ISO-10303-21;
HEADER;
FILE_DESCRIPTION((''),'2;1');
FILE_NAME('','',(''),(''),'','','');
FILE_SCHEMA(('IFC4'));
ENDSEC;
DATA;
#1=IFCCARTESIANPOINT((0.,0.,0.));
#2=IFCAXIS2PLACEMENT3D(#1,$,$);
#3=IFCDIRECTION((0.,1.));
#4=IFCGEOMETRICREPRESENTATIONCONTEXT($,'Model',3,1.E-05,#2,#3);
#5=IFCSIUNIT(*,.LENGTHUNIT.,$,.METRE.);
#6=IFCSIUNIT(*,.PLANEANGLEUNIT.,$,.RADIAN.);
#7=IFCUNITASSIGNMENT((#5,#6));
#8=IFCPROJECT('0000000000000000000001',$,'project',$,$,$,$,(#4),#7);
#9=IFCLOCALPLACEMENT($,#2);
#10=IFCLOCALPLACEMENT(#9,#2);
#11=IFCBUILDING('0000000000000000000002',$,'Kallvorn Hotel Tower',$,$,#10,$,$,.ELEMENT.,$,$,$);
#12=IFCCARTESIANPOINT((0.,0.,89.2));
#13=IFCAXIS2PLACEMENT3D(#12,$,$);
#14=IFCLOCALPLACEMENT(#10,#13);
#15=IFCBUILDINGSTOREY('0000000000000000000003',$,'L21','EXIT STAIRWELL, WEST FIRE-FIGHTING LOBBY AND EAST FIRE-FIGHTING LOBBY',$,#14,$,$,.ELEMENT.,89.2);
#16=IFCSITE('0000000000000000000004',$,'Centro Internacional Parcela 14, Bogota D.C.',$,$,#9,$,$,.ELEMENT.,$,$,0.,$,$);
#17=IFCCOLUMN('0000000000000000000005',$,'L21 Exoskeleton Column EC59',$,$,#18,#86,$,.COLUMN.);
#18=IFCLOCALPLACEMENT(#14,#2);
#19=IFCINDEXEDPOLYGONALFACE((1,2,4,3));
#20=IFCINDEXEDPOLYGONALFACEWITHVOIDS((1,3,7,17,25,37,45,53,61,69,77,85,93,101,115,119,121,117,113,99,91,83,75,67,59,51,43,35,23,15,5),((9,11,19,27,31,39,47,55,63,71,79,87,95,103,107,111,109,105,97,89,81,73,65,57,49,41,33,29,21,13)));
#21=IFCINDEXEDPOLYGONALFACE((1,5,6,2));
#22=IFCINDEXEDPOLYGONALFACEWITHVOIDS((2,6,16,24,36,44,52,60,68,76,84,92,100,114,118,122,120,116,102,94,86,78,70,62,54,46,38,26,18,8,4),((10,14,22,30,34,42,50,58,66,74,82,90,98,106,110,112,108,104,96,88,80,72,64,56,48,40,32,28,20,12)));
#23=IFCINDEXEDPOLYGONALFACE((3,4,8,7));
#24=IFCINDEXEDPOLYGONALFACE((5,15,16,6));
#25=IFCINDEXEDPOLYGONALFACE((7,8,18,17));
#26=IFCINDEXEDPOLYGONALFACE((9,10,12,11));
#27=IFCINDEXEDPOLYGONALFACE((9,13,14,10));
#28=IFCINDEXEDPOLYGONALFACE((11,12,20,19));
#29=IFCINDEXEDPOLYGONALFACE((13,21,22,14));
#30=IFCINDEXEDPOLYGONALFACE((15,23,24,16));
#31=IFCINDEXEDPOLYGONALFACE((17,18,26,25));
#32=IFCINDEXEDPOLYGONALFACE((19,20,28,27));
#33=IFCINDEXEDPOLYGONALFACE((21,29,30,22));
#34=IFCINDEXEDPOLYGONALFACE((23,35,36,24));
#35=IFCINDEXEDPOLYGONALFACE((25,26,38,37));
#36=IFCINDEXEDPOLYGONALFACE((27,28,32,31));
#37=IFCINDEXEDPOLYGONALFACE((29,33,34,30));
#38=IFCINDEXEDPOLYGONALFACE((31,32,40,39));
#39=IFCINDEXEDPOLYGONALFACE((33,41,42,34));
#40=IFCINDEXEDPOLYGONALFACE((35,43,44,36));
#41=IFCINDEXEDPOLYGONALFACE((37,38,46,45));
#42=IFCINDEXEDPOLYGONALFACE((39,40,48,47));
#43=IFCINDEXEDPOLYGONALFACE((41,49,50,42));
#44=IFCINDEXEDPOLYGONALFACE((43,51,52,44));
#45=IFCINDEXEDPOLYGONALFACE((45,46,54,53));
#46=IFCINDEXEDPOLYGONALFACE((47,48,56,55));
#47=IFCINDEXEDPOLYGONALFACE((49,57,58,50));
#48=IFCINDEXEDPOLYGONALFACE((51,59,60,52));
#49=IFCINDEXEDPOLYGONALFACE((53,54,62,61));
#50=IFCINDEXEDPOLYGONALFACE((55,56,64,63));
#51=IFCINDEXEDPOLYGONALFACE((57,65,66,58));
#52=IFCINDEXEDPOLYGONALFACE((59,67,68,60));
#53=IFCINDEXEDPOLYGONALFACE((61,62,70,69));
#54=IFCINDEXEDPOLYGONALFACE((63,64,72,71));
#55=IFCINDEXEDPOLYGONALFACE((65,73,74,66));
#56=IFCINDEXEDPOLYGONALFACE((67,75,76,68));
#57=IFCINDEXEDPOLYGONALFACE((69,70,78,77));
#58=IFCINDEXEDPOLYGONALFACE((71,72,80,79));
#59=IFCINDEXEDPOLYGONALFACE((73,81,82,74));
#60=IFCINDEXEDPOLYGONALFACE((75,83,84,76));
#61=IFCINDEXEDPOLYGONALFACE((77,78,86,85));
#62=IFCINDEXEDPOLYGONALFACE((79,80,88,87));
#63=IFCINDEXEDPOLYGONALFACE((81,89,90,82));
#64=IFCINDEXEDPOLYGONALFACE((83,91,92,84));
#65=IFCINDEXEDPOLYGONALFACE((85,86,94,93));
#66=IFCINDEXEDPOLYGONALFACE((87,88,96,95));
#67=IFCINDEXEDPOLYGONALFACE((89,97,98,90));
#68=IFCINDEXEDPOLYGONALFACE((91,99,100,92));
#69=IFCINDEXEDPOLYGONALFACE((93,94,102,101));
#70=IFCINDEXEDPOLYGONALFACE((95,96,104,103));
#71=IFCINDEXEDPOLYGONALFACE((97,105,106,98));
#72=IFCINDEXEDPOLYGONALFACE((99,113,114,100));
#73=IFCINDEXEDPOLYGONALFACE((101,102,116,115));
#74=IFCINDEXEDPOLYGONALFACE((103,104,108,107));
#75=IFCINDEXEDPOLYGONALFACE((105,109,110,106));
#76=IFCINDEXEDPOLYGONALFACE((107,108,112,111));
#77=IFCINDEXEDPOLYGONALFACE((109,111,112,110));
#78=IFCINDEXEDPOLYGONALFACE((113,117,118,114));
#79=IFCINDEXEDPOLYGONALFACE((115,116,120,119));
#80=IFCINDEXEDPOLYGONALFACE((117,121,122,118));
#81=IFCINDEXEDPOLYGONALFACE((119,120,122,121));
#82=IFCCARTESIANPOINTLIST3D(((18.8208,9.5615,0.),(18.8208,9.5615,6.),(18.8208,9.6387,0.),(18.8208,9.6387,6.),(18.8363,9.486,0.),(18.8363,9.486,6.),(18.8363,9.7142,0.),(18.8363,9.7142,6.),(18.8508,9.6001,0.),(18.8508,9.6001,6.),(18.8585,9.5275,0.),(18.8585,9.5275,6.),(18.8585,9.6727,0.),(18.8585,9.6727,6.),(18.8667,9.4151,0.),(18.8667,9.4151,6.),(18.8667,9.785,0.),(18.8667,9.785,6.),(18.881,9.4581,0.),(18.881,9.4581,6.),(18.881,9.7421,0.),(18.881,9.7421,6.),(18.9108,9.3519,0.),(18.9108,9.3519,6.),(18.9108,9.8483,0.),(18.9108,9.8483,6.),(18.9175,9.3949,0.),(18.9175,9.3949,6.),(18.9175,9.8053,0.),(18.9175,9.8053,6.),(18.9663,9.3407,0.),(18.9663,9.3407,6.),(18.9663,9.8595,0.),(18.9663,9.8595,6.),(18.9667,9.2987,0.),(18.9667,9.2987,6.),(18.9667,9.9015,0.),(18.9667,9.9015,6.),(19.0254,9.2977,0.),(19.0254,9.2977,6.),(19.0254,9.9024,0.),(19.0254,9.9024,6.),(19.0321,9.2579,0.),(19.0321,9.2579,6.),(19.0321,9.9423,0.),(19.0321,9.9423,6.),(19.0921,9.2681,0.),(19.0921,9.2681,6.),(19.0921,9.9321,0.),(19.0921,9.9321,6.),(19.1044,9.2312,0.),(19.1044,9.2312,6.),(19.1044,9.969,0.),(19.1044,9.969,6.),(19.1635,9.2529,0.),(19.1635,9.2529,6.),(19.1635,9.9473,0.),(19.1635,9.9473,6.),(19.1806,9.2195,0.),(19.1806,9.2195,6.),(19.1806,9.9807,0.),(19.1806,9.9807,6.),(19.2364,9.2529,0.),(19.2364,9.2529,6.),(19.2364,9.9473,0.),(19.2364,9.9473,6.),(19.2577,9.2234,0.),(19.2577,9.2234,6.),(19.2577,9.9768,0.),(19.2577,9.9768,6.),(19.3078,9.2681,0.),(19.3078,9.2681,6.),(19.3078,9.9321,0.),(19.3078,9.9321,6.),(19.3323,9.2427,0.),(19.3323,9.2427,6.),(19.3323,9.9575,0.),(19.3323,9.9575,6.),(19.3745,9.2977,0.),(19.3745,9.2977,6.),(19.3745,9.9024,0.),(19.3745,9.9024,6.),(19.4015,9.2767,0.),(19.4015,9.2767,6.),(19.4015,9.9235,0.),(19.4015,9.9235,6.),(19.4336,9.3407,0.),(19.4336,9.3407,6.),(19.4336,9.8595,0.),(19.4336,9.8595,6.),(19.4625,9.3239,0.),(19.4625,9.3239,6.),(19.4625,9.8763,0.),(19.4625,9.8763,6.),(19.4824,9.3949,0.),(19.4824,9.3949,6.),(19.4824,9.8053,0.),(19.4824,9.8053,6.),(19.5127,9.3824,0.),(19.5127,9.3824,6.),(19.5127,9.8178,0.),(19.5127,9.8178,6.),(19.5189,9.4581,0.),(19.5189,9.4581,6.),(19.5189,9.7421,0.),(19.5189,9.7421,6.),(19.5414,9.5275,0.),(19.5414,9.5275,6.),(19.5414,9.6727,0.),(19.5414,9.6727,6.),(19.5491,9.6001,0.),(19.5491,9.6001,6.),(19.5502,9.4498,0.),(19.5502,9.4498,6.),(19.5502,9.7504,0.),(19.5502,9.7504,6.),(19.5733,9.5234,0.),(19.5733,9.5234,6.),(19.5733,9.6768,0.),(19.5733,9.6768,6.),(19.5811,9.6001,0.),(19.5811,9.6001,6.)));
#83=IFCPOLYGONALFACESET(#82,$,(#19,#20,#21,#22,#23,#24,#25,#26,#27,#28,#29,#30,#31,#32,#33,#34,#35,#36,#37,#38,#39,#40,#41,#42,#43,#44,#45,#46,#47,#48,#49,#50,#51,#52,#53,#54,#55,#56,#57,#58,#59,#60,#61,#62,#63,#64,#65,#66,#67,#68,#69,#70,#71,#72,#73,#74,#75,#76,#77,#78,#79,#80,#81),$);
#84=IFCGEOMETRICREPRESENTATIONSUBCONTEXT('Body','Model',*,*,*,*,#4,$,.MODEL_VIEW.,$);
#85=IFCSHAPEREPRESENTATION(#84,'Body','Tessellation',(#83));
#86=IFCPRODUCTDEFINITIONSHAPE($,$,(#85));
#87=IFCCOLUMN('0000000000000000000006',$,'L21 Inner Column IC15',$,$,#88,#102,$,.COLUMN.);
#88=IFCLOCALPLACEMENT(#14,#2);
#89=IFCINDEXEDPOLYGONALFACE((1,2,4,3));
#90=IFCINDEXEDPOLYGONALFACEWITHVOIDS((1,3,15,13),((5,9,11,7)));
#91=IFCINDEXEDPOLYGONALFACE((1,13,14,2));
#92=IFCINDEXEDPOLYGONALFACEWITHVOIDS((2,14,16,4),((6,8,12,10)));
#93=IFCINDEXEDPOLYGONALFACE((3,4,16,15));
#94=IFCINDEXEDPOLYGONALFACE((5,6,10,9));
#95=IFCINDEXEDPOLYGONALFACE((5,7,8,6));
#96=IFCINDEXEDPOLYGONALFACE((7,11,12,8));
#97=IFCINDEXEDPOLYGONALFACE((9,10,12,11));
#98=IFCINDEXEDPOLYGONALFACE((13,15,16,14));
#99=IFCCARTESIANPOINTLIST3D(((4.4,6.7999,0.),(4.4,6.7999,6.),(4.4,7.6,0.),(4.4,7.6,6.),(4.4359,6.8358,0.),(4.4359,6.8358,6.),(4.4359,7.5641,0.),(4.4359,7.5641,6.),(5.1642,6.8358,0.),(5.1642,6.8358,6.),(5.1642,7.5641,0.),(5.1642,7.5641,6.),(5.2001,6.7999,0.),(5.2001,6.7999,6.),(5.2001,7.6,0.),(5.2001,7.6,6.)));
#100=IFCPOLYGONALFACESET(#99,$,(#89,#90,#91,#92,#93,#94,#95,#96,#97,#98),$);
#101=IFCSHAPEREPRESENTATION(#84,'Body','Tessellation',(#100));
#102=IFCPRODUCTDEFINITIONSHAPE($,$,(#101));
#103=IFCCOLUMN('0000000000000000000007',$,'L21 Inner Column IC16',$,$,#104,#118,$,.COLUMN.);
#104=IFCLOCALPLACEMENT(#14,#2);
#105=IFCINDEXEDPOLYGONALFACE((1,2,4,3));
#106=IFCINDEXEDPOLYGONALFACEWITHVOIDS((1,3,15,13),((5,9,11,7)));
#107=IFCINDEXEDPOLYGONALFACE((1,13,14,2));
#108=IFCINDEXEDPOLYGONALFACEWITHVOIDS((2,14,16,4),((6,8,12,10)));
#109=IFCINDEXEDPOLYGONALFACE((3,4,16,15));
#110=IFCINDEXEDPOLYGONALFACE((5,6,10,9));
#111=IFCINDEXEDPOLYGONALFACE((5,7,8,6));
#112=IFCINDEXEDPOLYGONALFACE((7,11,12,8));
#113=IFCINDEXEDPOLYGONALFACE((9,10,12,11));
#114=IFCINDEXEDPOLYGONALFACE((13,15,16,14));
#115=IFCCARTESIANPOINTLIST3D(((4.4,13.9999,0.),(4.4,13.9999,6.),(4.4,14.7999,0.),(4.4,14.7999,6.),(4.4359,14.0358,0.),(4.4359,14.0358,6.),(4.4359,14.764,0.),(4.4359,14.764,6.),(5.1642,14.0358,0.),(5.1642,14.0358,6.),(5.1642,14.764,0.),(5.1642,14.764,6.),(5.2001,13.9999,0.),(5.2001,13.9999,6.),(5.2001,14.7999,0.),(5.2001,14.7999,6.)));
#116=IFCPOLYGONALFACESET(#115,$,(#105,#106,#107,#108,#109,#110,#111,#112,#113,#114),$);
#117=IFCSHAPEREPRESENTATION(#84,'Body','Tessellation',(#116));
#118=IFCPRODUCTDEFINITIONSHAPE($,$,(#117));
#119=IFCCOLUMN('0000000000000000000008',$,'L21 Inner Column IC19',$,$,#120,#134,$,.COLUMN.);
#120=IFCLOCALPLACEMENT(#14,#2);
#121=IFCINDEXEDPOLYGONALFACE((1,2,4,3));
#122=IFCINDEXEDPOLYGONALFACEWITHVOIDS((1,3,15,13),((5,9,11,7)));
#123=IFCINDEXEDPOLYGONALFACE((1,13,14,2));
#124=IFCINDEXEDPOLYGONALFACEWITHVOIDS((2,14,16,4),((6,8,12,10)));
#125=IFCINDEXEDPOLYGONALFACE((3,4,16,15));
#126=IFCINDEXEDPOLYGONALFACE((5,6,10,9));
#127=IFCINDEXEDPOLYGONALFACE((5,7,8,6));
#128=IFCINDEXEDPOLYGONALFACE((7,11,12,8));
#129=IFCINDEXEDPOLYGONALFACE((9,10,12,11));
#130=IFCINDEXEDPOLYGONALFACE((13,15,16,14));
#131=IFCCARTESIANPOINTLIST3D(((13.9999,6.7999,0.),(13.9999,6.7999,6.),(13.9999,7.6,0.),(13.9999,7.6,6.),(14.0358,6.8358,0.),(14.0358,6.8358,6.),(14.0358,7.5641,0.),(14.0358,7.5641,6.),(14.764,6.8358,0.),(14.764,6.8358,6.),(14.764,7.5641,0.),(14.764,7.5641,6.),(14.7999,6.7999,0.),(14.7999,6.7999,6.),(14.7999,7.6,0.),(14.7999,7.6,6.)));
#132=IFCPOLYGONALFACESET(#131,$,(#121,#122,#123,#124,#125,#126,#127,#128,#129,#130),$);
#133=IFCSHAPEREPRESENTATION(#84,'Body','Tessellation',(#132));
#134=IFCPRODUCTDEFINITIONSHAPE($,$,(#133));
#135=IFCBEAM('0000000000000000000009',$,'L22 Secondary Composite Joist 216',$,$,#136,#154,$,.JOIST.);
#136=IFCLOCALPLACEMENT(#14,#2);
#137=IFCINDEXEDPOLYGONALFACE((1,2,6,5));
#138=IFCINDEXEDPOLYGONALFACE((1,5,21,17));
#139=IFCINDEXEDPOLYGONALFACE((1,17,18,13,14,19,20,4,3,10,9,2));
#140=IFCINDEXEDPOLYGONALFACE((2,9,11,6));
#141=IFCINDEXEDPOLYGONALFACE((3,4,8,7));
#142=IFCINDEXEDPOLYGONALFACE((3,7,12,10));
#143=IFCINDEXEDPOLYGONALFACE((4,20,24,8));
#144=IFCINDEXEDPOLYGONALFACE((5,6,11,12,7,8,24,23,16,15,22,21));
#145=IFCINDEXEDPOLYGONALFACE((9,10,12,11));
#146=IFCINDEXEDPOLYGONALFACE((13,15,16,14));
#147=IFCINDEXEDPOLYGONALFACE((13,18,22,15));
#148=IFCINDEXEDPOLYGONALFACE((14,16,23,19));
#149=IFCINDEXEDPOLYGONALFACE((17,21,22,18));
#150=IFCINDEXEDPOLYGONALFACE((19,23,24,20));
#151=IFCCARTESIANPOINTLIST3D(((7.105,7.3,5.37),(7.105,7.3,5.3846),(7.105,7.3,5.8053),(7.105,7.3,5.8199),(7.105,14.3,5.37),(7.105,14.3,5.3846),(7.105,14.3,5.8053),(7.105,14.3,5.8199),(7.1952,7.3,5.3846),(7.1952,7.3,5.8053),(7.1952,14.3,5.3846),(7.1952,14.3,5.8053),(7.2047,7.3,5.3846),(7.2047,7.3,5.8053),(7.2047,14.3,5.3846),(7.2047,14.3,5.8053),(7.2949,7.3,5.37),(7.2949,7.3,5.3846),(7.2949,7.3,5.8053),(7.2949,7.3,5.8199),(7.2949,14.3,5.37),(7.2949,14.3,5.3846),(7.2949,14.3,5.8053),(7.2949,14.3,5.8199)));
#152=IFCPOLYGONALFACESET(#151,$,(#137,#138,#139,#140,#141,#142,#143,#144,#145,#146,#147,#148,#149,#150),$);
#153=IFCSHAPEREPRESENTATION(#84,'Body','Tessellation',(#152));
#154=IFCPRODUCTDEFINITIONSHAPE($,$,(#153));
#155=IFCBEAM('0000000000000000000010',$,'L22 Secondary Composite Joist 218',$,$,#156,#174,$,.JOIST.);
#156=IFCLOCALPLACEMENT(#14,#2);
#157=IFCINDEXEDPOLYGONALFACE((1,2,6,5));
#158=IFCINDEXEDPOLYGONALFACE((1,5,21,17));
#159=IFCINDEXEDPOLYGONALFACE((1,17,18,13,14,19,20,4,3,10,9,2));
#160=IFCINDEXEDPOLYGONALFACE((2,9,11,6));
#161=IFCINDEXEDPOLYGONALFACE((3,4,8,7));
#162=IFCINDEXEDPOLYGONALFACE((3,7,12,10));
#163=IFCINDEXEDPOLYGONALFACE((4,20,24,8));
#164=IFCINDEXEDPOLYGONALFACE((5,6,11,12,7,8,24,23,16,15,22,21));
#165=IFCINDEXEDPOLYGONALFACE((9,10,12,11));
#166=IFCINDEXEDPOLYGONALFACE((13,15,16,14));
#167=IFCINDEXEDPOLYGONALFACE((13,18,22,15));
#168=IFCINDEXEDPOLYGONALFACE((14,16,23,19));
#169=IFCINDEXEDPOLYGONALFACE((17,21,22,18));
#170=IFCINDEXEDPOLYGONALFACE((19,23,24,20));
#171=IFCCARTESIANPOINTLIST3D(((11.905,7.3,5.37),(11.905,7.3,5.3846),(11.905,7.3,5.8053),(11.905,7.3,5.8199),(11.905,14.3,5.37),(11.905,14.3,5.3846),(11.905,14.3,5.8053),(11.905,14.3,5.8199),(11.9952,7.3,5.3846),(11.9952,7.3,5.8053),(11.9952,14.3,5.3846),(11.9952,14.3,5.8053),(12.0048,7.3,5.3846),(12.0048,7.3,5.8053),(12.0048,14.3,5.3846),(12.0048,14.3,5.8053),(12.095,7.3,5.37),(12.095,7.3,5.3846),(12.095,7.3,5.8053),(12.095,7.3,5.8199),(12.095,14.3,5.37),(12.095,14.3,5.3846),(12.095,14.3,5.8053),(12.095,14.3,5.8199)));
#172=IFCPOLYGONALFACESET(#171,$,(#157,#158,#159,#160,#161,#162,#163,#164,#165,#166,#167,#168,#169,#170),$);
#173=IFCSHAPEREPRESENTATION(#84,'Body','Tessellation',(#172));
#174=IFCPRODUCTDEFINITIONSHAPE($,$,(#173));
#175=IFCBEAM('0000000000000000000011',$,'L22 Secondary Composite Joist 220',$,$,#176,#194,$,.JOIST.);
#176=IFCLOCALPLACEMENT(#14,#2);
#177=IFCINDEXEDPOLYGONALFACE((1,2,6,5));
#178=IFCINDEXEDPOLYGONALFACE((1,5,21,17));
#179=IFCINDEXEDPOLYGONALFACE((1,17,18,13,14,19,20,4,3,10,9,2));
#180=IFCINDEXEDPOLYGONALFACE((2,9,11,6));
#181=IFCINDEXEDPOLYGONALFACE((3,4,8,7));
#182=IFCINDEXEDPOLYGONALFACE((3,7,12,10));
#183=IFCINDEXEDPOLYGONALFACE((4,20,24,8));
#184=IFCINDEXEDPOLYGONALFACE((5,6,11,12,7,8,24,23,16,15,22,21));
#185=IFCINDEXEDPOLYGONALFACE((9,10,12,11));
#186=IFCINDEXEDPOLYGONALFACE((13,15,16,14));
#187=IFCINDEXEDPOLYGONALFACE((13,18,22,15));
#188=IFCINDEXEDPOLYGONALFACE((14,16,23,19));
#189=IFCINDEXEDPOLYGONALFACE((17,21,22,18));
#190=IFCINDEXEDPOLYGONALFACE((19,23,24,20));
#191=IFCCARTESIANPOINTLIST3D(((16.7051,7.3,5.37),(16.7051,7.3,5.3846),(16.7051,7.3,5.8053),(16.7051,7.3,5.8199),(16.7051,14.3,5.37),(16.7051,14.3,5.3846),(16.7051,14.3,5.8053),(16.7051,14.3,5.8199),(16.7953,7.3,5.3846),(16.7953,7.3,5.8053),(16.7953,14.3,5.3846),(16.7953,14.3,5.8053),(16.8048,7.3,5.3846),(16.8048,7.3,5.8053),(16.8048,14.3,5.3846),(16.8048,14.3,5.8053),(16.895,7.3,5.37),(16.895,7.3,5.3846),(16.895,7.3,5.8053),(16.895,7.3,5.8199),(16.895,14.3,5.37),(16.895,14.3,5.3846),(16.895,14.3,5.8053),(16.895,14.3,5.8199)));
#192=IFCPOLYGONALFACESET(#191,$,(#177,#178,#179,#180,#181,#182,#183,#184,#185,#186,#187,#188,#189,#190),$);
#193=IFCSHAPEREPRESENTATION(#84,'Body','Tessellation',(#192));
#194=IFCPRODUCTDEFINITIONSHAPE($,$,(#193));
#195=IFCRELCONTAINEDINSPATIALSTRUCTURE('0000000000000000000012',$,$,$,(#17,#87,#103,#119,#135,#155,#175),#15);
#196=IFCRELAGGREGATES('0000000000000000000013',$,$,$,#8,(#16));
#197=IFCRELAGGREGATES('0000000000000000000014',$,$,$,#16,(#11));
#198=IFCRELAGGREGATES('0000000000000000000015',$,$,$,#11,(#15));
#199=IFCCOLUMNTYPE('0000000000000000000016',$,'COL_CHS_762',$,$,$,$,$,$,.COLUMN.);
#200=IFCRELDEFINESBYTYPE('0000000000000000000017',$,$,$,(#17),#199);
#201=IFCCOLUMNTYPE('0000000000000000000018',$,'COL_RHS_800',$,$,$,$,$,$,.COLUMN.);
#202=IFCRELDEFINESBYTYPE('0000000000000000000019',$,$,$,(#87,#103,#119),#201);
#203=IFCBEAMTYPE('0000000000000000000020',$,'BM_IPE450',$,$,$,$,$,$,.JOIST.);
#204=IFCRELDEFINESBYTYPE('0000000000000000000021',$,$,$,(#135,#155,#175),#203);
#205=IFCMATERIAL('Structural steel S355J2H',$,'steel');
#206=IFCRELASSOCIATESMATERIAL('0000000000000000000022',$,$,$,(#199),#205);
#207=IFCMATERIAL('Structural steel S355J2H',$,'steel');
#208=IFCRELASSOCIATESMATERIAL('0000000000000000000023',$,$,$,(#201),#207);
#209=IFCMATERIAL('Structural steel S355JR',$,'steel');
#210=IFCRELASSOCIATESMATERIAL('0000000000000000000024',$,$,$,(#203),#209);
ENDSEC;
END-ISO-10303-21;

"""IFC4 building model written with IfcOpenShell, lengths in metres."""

from ifc_helpers import new_model, si_unit, direction, frame, origin, origin_2d, place, context, subcontext, project, spatial, hollow_rectangle, hollow_circle, i_section, extrude, material, material_profile, profile_set, type_object, element, save


model = new_model("IFC4")

# Units and contexts
model_context = context("Model", 3, precision=1e-05, world=origin(), true_north=direction((0.0, 1.0)))
body_context = subcontext(model_context, "Body", "Model", "MODEL_VIEW")
ifc_project = project(units=[si_unit("LENGTHUNIT", "METRE"), si_unit("PLANEANGLEUNIT", "RADIAN")], contexts=[model_context])

# Site, building, storey
site_placement = place(None, origin())
site = spatial("IfcSite", under=ifc_project, at=site_placement, Name="Centro Internacional Parcela 14, Bogota D.C.", CompositionType="ELEMENT", RefElevation=0.0)
building_placement = place(site_placement, origin())
building = spatial("IfcBuilding", under=site, at=building_placement, Name="Kallvorn Hotel Tower", CompositionType="ELEMENT")
storey_placement = place(building_placement, frame((0.0, 0.0, 89.2)))
storey = spatial("IfcBuildingStorey", under=building, at=storey_placement, Name="L21", Description="EXIT STAIRWELL, WEST FIRE-FIGHTING LOBBY AND EAST FIRE-FIGHTING LOBBY", CompositionType="ELEMENT", Elevation=89.2)

# Columns
ifc_material_1 = material(Name="Structural steel S355J2H", Category="steel")
ifc_material_profile_1 = material_profile(ifc_material_1, hollow_circle(Radius=0.3811, WallThickness=0.032, at=origin_2d()), Name="CHS 762x32")
ifc_profile_set_1 = profile_set([ifc_material_profile_1], Name="Structural steel S355J2H")
column_type_1 = type_object("IfcColumnType", Name="COL_CHS_762", PredefinedType="COLUMN", material=ifc_profile_set_1)
for number, where, z_axis, x_axis, name in (
    (1, (19.2, 9.6001, 0.0), (0.0, 0.0, 1.0), (1.0, 0.0, 0.0), "L21 Exoskeleton Column EC59"),
):
    element("IfcColumn", number, at=place(storey_placement, frame(where, z_axis=z_axis, x_axis=x_axis)), inside=storey, type_object=column_type_1, Name=name, PredefinedType="COLUMN", context=body_context, shape_type="SweptSolid", body=[
        extrude(hollow_circle(Radius=0.3811, WallThickness=0.032, at=origin_2d()), origin(), (0.0, 0.0, 1.0), 6.0),
    ])
ifc_material_2 = material(Name="Structural steel S355J2H", Category="steel")
ifc_material_profile_2 = material_profile(ifc_material_2, hollow_rectangle(XDim=0.8, YDim=0.8, WallThickness=0.0359, at=origin_2d()), Name="RHS 800x800x36")
ifc_profile_set_2 = profile_set([ifc_material_profile_2], Name="Structural steel S355J2H")
column_type_2 = type_object("IfcColumnType", Name="COL_RHS_800", PredefinedType="COLUMN", material=ifc_profile_set_2)
for number, where, z_axis, x_axis, name in (
    (2, (4.8, 7.2, 0.0), (0.0, 0.0, 1.0), (1.0, 0.0, 0.0), "L21 Inner Column IC15"),
    (3, (4.8, 14.3999, 0.0), (0.0, 0.0, 1.0), (1.0, 0.0, 0.0), "L21 Inner Column IC16"),
    (4, (14.3999, 7.2, 0.0), (0.0, 0.0, 1.0), (1.0, 0.0, 0.0), "L21 Inner Column IC19"),
):
    element("IfcColumn", number, at=place(storey_placement, frame(where, z_axis=z_axis, x_axis=x_axis)), inside=storey, type_object=column_type_2, Name=name, PredefinedType="COLUMN", context=body_context, shape_type="SweptSolid", body=[
        extrude(hollow_rectangle(XDim=0.8, YDim=0.8, WallThickness=0.0359, at=origin_2d()), origin(), (0.0, 0.0, 1.0), 6.0),
    ])

# Beams
ifc_material_3 = material(Name="Structural steel S355JR", Category="steel")
ifc_material_profile_3 = material_profile(ifc_material_3, i_section(OverallWidth=0.1899, OverallDepth=0.45, WebThickness=0.0095, FlangeThickness=0.0146, at=origin_2d()), Name="IPE 450")
ifc_profile_set_3 = profile_set([ifc_material_profile_3], Name="Structural steel S355JR")
beam_type_1 = type_object("IfcBeamType", Name="BM_IPE450", PredefinedType="JOIST", material=ifc_profile_set_3)
for number, where, z_axis, x_axis, name in (
    (5, (7.2, 7.3, 5.595), (0.0, 1.0, 0.0), (-1.0, 0.0, 0.0), "L22 Secondary Composite Joist 216"),
    (6, (12.0, 7.3, 5.595), (0.0, 1.0, 0.0), (-1.0, 0.0, 0.0), "L22 Secondary Composite Joist 218"),
    (7, (16.8, 7.3, 5.595), (0.0, 1.0, 0.0), (-1.0, 0.0, 0.0), "L22 Secondary Composite Joist 220"),
):
    element("IfcBeam", number, at=place(storey_placement, frame(where, z_axis=z_axis, x_axis=x_axis)), inside=storey, type_object=beam_type_1, Name=name, PredefinedType="JOIST", context=body_context, shape_type="SweptSolid", body=[
        extrude(i_section(OverallWidth=0.1899, OverallDepth=0.45, WebThickness=0.0095, FlangeThickness=0.0146, at=origin_2d()), origin(), (0.0, 0.0, 1.0), 7.0),
    ])

save(model, "model.ifc")
